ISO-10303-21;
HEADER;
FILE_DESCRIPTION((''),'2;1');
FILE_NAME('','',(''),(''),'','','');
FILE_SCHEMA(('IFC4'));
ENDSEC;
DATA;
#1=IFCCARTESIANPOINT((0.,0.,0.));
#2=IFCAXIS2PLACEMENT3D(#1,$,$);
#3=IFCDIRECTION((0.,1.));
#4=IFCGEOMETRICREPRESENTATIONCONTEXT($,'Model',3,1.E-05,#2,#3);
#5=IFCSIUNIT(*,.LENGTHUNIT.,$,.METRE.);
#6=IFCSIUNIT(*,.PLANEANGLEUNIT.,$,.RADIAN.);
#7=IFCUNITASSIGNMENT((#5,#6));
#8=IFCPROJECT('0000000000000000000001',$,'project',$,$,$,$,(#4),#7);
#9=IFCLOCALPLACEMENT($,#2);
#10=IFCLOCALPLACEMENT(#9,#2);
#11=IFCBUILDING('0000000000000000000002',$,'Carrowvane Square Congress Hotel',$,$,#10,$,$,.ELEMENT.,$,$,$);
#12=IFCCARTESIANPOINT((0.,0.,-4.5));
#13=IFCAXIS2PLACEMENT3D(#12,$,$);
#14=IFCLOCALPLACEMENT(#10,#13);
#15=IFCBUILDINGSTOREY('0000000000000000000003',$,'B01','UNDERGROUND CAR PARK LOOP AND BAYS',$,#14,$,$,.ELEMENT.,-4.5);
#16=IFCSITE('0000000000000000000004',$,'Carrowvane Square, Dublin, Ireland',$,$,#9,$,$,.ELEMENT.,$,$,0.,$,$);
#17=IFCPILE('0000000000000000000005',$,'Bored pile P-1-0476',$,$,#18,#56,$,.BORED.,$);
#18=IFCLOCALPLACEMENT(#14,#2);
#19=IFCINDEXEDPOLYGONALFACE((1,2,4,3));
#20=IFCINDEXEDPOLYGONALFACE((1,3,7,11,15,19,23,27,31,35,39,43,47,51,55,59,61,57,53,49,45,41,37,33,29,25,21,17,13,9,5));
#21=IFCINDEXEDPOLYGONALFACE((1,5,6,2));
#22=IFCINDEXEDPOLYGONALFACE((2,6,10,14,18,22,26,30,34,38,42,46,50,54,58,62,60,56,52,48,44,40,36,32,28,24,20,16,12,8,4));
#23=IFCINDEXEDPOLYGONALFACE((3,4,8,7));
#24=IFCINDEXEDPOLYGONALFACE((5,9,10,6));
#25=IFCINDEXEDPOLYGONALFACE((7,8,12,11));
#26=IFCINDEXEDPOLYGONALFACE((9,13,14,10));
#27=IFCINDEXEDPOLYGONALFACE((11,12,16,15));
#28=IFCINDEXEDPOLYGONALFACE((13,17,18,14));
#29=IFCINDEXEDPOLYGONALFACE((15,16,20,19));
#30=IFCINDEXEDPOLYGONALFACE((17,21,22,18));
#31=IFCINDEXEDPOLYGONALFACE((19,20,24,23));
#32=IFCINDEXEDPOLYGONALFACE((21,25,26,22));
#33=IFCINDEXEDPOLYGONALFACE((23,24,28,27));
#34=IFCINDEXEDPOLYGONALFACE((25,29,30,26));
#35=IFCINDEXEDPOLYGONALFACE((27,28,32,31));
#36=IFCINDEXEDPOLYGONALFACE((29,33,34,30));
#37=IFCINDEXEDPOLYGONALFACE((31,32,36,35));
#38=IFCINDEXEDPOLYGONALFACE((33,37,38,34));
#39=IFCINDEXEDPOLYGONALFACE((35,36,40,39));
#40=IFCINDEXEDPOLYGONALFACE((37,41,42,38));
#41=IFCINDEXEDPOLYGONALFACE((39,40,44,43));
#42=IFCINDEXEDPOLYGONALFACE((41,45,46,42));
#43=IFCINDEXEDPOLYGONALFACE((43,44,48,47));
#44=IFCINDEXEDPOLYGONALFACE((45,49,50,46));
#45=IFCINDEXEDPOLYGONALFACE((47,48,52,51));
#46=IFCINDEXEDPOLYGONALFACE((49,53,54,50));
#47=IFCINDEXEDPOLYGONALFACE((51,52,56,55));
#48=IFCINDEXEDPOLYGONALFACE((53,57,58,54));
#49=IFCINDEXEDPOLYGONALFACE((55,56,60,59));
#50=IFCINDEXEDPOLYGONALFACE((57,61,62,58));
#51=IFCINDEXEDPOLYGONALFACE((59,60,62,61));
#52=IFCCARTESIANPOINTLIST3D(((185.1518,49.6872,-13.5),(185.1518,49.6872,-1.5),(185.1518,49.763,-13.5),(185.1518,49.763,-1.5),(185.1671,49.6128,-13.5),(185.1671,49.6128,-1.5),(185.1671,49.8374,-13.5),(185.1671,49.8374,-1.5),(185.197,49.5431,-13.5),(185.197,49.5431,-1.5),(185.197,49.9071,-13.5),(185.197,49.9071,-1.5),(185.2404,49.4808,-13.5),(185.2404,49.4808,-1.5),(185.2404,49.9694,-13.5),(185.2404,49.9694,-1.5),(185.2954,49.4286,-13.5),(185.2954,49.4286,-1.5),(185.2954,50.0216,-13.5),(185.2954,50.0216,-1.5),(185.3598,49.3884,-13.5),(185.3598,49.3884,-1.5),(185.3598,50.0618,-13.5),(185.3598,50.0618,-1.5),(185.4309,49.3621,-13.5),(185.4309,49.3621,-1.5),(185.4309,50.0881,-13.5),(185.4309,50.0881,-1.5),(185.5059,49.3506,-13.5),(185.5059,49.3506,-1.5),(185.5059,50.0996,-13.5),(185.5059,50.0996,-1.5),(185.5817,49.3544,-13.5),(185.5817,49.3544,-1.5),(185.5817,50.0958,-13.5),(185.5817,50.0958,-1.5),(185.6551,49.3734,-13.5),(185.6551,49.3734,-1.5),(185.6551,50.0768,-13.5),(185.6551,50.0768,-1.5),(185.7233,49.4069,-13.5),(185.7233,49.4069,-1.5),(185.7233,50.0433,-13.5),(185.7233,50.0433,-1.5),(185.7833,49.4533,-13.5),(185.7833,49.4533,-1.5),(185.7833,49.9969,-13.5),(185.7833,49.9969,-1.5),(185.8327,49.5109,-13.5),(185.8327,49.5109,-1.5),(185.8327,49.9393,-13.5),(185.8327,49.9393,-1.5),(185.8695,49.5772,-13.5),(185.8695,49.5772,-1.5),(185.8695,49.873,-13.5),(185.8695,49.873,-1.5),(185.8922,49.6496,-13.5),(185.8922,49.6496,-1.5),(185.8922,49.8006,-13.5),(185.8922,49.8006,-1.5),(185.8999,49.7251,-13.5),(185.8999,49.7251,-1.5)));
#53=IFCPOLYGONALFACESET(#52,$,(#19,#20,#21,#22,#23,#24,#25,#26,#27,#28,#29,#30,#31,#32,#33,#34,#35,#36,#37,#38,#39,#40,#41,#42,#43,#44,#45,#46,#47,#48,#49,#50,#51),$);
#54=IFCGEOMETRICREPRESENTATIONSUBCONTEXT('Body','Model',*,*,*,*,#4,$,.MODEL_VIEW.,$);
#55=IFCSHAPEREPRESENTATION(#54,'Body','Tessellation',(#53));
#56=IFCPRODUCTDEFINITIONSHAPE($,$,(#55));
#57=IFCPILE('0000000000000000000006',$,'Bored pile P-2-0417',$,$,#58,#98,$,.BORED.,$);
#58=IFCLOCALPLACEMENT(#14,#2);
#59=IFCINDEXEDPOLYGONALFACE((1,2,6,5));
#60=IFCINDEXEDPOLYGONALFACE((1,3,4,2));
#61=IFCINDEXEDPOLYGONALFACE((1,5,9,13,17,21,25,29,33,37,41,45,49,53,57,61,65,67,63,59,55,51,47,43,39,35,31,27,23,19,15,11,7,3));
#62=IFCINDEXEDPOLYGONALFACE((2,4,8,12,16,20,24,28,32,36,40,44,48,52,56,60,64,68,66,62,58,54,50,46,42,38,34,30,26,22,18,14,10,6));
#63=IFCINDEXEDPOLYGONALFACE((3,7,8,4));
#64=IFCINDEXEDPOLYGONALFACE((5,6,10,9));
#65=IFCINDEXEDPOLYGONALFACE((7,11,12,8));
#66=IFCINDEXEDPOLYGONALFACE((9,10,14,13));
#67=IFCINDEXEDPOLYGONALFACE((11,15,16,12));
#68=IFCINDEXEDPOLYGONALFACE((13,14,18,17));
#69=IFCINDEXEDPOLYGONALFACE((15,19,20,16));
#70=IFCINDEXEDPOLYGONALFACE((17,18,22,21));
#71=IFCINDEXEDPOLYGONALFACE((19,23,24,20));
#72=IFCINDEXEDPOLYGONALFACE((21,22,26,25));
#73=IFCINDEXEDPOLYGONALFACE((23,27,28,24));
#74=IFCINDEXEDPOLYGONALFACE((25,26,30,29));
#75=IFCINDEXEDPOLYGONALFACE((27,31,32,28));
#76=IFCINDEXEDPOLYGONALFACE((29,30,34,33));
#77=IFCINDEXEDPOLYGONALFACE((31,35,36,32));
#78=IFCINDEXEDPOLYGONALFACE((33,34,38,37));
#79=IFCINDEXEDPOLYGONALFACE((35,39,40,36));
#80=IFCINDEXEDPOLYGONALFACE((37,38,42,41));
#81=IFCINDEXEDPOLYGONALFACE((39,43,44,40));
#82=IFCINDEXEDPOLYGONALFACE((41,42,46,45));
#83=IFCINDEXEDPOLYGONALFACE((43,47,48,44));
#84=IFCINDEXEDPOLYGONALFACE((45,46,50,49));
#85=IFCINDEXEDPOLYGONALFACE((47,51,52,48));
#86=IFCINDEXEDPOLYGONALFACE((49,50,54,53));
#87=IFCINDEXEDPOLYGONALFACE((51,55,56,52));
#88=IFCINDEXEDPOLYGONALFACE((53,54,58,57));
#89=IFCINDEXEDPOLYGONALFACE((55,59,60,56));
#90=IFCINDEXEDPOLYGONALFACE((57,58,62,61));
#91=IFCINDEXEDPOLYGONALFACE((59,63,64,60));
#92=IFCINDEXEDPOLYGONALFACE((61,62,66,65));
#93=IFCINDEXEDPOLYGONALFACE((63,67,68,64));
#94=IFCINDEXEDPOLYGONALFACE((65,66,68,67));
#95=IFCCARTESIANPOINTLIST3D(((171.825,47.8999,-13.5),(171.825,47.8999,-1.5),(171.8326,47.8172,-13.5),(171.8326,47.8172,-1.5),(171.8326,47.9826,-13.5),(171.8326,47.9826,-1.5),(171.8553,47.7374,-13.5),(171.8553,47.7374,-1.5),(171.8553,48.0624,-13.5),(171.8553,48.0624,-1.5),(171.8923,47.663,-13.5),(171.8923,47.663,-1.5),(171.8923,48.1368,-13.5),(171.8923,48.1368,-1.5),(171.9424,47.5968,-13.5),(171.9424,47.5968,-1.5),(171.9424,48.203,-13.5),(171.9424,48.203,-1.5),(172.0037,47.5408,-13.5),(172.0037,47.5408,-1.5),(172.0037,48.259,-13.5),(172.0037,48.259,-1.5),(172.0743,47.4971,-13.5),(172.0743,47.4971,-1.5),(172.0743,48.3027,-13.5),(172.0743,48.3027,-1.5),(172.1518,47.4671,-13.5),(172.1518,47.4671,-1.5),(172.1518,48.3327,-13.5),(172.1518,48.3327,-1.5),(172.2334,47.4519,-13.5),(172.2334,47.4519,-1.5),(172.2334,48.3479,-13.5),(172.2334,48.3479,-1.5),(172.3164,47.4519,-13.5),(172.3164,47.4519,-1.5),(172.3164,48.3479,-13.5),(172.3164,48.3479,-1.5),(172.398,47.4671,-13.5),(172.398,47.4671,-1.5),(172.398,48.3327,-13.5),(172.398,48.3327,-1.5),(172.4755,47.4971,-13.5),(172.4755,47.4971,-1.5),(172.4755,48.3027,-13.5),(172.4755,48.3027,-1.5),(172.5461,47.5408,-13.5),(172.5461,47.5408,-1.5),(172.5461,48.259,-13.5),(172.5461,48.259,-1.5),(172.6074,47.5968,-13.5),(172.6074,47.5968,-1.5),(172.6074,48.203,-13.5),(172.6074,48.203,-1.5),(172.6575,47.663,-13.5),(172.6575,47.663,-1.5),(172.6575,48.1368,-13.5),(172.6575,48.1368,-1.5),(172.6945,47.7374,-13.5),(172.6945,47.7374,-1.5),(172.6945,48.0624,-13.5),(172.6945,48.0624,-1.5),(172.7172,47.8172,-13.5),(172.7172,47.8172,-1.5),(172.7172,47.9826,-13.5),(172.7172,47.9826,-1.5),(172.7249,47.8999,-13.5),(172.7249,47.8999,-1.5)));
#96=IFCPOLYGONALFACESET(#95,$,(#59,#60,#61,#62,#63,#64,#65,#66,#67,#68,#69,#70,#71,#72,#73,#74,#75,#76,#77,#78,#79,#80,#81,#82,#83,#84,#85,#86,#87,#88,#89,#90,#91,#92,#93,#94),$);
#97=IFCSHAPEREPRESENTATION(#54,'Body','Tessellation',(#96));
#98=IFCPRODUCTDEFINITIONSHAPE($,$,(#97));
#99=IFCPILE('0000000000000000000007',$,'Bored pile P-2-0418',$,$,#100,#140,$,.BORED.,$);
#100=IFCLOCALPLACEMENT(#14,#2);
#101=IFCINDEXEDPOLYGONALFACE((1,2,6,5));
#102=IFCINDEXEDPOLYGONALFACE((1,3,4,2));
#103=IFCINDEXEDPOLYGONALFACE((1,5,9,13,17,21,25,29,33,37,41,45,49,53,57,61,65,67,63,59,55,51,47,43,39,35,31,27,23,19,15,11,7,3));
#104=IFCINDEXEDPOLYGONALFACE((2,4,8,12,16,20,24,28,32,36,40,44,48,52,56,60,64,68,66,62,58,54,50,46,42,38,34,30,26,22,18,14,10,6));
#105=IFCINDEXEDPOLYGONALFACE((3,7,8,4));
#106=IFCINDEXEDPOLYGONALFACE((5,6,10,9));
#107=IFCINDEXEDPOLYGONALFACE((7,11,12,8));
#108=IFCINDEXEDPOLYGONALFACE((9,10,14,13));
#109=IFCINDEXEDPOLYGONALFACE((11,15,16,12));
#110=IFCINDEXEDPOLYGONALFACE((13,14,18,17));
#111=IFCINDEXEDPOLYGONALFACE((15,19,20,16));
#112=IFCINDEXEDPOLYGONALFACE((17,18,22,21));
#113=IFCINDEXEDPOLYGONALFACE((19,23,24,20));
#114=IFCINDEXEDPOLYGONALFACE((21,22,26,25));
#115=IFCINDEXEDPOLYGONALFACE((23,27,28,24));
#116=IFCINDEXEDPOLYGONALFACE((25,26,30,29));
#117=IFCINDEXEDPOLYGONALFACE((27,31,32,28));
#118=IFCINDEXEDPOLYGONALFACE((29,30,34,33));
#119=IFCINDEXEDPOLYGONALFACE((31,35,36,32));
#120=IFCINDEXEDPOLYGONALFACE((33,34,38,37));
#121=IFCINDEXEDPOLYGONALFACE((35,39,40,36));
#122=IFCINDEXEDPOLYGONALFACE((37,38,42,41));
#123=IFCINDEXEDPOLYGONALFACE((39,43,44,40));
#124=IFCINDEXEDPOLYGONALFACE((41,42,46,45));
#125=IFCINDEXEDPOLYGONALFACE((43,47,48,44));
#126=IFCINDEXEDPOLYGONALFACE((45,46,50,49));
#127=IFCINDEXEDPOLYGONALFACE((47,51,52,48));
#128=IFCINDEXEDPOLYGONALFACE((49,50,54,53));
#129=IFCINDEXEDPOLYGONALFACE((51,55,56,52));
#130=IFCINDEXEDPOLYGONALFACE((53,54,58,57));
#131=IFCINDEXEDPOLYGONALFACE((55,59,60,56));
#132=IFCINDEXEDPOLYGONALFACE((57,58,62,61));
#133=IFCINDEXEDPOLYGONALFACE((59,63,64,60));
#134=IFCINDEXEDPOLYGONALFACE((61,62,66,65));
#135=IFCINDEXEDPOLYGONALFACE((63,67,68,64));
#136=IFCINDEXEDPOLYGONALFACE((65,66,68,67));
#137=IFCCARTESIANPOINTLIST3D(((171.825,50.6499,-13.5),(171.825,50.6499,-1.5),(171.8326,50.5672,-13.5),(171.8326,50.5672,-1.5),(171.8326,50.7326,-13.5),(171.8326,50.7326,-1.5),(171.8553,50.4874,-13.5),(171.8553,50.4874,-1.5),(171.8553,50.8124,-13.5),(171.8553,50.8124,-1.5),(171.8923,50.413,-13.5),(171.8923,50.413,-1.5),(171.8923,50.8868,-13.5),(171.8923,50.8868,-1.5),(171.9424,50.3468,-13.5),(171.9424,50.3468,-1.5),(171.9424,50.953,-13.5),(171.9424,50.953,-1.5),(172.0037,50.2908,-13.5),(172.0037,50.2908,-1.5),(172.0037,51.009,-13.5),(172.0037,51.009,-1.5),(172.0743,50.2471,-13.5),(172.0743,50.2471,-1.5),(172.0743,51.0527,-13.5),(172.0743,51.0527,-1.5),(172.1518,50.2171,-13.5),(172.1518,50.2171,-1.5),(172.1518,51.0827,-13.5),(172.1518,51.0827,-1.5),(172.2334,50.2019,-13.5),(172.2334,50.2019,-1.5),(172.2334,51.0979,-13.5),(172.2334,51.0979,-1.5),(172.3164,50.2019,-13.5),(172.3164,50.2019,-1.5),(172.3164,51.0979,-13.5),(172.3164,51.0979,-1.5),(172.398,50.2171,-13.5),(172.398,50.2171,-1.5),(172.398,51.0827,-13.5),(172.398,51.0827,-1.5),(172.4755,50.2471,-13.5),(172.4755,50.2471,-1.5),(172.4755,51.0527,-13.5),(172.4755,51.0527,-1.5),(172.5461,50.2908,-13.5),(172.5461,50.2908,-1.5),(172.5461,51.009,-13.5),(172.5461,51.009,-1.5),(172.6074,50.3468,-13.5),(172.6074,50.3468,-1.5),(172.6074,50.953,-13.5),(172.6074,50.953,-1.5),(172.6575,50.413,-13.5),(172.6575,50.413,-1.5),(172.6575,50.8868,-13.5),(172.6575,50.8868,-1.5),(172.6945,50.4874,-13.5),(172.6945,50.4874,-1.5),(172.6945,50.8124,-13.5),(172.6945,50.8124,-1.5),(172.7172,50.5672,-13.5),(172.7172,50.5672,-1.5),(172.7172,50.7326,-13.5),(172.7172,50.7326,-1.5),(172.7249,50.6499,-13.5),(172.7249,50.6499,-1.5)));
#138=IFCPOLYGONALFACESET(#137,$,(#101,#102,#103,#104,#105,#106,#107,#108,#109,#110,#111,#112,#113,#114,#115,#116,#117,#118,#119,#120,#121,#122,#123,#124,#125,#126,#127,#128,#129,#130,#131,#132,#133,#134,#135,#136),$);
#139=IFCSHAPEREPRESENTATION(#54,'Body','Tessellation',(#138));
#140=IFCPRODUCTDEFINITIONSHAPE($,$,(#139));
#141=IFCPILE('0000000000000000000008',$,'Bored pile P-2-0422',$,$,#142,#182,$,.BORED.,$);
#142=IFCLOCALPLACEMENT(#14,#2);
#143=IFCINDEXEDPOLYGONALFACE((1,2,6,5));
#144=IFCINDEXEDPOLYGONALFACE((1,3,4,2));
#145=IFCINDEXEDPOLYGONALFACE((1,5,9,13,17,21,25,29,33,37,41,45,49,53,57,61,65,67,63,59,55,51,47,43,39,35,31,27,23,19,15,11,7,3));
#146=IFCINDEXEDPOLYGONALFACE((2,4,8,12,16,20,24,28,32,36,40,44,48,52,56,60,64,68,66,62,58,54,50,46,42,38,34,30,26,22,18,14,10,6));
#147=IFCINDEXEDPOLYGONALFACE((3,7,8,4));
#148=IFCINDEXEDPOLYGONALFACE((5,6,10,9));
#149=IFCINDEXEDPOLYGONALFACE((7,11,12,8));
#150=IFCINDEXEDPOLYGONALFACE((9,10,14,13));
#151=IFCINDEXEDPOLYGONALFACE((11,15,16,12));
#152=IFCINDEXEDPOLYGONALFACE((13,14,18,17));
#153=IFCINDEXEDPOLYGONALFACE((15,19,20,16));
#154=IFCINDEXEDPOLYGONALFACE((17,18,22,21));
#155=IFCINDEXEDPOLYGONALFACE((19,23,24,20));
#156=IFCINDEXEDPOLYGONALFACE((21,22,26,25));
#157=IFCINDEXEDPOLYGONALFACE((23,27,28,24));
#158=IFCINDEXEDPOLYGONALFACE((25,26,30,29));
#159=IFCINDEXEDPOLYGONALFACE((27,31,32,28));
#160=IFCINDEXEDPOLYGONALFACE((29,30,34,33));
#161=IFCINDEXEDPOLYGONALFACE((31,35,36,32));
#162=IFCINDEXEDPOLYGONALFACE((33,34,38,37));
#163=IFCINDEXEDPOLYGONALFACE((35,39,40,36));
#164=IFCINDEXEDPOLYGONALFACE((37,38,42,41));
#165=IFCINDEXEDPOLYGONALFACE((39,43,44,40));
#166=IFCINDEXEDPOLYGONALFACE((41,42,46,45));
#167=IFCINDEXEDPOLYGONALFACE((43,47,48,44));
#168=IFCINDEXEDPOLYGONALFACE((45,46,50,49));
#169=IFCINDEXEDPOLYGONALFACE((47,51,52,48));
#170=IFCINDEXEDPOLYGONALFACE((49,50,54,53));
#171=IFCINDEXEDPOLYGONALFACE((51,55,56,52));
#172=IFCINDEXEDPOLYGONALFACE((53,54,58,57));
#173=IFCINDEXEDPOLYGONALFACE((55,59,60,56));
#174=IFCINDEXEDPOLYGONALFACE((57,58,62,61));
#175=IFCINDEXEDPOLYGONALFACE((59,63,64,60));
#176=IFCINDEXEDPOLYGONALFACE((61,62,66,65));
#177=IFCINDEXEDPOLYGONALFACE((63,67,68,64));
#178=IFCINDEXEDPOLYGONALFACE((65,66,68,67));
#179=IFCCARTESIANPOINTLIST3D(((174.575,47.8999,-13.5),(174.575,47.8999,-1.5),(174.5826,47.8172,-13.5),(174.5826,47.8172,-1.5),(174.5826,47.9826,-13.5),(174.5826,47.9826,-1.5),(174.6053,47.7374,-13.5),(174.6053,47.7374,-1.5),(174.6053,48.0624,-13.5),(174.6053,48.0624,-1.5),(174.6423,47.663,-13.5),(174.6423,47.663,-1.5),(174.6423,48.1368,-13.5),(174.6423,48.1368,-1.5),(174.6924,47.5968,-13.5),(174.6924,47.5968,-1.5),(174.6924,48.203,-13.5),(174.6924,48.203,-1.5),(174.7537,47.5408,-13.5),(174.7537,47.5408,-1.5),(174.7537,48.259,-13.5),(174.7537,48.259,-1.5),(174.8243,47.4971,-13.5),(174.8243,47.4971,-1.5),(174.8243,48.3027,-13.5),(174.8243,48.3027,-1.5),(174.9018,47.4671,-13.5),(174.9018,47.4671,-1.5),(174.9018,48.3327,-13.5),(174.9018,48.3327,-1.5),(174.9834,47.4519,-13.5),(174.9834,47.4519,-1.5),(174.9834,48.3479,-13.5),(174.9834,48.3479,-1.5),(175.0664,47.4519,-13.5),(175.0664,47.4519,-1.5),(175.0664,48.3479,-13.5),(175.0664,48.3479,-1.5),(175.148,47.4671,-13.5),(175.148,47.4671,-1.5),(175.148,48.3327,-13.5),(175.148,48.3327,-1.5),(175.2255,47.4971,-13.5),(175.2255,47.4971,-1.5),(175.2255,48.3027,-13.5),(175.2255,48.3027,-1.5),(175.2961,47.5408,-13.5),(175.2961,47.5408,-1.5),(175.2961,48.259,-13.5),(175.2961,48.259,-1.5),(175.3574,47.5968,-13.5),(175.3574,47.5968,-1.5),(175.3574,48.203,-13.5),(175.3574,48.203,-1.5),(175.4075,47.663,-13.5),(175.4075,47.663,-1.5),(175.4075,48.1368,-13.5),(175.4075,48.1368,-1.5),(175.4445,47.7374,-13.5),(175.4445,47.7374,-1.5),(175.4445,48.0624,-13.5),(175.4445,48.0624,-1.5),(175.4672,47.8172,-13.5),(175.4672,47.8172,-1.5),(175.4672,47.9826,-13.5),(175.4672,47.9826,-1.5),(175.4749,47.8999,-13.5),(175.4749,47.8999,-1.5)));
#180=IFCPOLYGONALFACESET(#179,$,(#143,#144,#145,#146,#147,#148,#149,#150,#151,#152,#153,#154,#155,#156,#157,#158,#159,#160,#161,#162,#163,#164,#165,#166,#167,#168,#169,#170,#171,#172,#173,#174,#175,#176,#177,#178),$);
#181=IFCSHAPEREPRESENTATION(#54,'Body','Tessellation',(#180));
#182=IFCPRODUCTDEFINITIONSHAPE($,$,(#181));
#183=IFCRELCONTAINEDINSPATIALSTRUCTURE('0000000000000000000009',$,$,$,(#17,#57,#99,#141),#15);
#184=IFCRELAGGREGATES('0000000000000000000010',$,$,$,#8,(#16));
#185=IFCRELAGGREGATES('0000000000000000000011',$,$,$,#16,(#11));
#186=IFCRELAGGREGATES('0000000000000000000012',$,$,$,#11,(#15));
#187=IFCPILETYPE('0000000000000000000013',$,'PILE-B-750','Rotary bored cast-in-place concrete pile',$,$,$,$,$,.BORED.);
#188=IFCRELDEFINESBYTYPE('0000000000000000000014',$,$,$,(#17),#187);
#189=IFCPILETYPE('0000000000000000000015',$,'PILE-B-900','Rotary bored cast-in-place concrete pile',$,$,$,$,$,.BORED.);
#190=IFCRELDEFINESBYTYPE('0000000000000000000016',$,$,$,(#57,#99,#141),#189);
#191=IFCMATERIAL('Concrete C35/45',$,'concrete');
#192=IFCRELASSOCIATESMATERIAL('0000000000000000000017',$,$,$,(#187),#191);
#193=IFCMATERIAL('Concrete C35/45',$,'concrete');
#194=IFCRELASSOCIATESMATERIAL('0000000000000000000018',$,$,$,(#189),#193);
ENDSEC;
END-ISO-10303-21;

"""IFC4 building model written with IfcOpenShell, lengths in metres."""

from ifc_helpers import new_model, si_unit, direction, frame, origin, origin_2d, place, context, subcontext, project, spatial, circle, extrude, material, material_profile, profile_set, type_object, element, save


model = new_model("IFC4")

# Units and contexts
model_context = context("Model", 3, precision=1e-05, world=origin(), true_north=direction((0.0, 1.0)))
body_context = subcontext(model_context, "Body", "Model", "MODEL_VIEW")
ifc_project = project(units=[si_unit("LENGTHUNIT", "METRE"), si_unit("PLANEANGLEUNIT", "RADIAN")], contexts=[model_context])

# Site, building, storey
site_placement = place(None, origin())
site = spatial("IfcSite", under=ifc_project, at=site_placement, Name="Carrowvane Square, Dublin, Ireland", CompositionType="ELEMENT", RefElevation=0.0)
building_placement = place(site_placement, origin())
building = spatial("IfcBuilding", under=site, at=building_placement, Name="Carrowvane Square Congress Hotel", CompositionType="ELEMENT")
storey_placement = place(building_placement, frame((0.0, 0.0, -4.5)))
storey = spatial("IfcBuildingStorey", under=building, at=storey_placement, Name="B01", Description="UNDERGROUND CAR PARK LOOP AND BAYS", CompositionType="ELEMENT", Elevation=-4.5)

# Piles
ifc_material_1 = material(Name="Concrete C35/45", Category="concrete")
ifc_material_profile_1 = material_profile(ifc_material_1, circle(Radius=0.375, at=origin_2d()), Name="PILE D750")
ifc_profile_set_1 = profile_set([ifc_material_profile_1], Name="Concrete C35/45")
pile_type_1 = type_object("IfcPileType", Name="PILE-B-750", Description="Rotary bored cast-in-place concrete pile", PredefinedType="BORED", material=ifc_profile_set_1)
for number, where, z_axis, x_axis, name in (
    (1, (185.5249, 49.7251, -1.5), (0.0, 0.0, -1.0), (1.0, 0.0, 0.0), "Bored pile P-1-0476"),
):
    element("IfcPile", number, at=place(storey_placement, frame(where, z_axis=z_axis, x_axis=x_axis)), inside=storey, type_object=pile_type_1, Name=name, PredefinedType="BORED", context=body_context, shape_type="SweptSolid", body=[
        extrude(circle(Radius=0.375, at=origin_2d()), origin(), (0.0, 0.0, 1.0), 12.0),
    ])
ifc_material_2 = material(Name="Concrete C35/45", Category="concrete")
ifc_material_profile_2 = material_profile(ifc_material_2, circle(Radius=0.45, at=origin_2d()), Name="PILE D900")
ifc_profile_set_2 = profile_set([ifc_material_profile_2], Name="Concrete C35/45")
pile_type_2 = type_object("IfcPileType", Name="PILE-B-900", Description="Rotary bored cast-in-place concrete pile", PredefinedType="BORED", material=ifc_profile_set_2)
for number, where, z_axis, x_axis, name in (
    (2, (172.2749, 47.8999, -1.5), (0.0, 0.0, -1.0), (1.0, 0.0, 0.0), "Bored pile P-2-0417"),
    (3, (172.2749, 50.6499, -1.5), (0.0, 0.0, -1.0), (1.0, 0.0, 0.0), "Bored pile P-2-0418"),
    (4, (175.0249, 47.8999, -1.5), (0.0, 0.0, -1.0), (1.0, 0.0, 0.0), "Bored pile P-2-0422"),
):
    element("IfcPile", number, at=place(storey_placement, frame(where, z_axis=z_axis, x_axis=x_axis)), inside=storey, type_object=pile_type_2, Name=name, PredefinedType="BORED", context=body_context, shape_type="SweptSolid", body=[
        extrude(circle(Radius=0.45, at=origin_2d()), origin(), (0.0, 0.0, 1.0), 12.0),
    ])

save(model, "model.ifc")
